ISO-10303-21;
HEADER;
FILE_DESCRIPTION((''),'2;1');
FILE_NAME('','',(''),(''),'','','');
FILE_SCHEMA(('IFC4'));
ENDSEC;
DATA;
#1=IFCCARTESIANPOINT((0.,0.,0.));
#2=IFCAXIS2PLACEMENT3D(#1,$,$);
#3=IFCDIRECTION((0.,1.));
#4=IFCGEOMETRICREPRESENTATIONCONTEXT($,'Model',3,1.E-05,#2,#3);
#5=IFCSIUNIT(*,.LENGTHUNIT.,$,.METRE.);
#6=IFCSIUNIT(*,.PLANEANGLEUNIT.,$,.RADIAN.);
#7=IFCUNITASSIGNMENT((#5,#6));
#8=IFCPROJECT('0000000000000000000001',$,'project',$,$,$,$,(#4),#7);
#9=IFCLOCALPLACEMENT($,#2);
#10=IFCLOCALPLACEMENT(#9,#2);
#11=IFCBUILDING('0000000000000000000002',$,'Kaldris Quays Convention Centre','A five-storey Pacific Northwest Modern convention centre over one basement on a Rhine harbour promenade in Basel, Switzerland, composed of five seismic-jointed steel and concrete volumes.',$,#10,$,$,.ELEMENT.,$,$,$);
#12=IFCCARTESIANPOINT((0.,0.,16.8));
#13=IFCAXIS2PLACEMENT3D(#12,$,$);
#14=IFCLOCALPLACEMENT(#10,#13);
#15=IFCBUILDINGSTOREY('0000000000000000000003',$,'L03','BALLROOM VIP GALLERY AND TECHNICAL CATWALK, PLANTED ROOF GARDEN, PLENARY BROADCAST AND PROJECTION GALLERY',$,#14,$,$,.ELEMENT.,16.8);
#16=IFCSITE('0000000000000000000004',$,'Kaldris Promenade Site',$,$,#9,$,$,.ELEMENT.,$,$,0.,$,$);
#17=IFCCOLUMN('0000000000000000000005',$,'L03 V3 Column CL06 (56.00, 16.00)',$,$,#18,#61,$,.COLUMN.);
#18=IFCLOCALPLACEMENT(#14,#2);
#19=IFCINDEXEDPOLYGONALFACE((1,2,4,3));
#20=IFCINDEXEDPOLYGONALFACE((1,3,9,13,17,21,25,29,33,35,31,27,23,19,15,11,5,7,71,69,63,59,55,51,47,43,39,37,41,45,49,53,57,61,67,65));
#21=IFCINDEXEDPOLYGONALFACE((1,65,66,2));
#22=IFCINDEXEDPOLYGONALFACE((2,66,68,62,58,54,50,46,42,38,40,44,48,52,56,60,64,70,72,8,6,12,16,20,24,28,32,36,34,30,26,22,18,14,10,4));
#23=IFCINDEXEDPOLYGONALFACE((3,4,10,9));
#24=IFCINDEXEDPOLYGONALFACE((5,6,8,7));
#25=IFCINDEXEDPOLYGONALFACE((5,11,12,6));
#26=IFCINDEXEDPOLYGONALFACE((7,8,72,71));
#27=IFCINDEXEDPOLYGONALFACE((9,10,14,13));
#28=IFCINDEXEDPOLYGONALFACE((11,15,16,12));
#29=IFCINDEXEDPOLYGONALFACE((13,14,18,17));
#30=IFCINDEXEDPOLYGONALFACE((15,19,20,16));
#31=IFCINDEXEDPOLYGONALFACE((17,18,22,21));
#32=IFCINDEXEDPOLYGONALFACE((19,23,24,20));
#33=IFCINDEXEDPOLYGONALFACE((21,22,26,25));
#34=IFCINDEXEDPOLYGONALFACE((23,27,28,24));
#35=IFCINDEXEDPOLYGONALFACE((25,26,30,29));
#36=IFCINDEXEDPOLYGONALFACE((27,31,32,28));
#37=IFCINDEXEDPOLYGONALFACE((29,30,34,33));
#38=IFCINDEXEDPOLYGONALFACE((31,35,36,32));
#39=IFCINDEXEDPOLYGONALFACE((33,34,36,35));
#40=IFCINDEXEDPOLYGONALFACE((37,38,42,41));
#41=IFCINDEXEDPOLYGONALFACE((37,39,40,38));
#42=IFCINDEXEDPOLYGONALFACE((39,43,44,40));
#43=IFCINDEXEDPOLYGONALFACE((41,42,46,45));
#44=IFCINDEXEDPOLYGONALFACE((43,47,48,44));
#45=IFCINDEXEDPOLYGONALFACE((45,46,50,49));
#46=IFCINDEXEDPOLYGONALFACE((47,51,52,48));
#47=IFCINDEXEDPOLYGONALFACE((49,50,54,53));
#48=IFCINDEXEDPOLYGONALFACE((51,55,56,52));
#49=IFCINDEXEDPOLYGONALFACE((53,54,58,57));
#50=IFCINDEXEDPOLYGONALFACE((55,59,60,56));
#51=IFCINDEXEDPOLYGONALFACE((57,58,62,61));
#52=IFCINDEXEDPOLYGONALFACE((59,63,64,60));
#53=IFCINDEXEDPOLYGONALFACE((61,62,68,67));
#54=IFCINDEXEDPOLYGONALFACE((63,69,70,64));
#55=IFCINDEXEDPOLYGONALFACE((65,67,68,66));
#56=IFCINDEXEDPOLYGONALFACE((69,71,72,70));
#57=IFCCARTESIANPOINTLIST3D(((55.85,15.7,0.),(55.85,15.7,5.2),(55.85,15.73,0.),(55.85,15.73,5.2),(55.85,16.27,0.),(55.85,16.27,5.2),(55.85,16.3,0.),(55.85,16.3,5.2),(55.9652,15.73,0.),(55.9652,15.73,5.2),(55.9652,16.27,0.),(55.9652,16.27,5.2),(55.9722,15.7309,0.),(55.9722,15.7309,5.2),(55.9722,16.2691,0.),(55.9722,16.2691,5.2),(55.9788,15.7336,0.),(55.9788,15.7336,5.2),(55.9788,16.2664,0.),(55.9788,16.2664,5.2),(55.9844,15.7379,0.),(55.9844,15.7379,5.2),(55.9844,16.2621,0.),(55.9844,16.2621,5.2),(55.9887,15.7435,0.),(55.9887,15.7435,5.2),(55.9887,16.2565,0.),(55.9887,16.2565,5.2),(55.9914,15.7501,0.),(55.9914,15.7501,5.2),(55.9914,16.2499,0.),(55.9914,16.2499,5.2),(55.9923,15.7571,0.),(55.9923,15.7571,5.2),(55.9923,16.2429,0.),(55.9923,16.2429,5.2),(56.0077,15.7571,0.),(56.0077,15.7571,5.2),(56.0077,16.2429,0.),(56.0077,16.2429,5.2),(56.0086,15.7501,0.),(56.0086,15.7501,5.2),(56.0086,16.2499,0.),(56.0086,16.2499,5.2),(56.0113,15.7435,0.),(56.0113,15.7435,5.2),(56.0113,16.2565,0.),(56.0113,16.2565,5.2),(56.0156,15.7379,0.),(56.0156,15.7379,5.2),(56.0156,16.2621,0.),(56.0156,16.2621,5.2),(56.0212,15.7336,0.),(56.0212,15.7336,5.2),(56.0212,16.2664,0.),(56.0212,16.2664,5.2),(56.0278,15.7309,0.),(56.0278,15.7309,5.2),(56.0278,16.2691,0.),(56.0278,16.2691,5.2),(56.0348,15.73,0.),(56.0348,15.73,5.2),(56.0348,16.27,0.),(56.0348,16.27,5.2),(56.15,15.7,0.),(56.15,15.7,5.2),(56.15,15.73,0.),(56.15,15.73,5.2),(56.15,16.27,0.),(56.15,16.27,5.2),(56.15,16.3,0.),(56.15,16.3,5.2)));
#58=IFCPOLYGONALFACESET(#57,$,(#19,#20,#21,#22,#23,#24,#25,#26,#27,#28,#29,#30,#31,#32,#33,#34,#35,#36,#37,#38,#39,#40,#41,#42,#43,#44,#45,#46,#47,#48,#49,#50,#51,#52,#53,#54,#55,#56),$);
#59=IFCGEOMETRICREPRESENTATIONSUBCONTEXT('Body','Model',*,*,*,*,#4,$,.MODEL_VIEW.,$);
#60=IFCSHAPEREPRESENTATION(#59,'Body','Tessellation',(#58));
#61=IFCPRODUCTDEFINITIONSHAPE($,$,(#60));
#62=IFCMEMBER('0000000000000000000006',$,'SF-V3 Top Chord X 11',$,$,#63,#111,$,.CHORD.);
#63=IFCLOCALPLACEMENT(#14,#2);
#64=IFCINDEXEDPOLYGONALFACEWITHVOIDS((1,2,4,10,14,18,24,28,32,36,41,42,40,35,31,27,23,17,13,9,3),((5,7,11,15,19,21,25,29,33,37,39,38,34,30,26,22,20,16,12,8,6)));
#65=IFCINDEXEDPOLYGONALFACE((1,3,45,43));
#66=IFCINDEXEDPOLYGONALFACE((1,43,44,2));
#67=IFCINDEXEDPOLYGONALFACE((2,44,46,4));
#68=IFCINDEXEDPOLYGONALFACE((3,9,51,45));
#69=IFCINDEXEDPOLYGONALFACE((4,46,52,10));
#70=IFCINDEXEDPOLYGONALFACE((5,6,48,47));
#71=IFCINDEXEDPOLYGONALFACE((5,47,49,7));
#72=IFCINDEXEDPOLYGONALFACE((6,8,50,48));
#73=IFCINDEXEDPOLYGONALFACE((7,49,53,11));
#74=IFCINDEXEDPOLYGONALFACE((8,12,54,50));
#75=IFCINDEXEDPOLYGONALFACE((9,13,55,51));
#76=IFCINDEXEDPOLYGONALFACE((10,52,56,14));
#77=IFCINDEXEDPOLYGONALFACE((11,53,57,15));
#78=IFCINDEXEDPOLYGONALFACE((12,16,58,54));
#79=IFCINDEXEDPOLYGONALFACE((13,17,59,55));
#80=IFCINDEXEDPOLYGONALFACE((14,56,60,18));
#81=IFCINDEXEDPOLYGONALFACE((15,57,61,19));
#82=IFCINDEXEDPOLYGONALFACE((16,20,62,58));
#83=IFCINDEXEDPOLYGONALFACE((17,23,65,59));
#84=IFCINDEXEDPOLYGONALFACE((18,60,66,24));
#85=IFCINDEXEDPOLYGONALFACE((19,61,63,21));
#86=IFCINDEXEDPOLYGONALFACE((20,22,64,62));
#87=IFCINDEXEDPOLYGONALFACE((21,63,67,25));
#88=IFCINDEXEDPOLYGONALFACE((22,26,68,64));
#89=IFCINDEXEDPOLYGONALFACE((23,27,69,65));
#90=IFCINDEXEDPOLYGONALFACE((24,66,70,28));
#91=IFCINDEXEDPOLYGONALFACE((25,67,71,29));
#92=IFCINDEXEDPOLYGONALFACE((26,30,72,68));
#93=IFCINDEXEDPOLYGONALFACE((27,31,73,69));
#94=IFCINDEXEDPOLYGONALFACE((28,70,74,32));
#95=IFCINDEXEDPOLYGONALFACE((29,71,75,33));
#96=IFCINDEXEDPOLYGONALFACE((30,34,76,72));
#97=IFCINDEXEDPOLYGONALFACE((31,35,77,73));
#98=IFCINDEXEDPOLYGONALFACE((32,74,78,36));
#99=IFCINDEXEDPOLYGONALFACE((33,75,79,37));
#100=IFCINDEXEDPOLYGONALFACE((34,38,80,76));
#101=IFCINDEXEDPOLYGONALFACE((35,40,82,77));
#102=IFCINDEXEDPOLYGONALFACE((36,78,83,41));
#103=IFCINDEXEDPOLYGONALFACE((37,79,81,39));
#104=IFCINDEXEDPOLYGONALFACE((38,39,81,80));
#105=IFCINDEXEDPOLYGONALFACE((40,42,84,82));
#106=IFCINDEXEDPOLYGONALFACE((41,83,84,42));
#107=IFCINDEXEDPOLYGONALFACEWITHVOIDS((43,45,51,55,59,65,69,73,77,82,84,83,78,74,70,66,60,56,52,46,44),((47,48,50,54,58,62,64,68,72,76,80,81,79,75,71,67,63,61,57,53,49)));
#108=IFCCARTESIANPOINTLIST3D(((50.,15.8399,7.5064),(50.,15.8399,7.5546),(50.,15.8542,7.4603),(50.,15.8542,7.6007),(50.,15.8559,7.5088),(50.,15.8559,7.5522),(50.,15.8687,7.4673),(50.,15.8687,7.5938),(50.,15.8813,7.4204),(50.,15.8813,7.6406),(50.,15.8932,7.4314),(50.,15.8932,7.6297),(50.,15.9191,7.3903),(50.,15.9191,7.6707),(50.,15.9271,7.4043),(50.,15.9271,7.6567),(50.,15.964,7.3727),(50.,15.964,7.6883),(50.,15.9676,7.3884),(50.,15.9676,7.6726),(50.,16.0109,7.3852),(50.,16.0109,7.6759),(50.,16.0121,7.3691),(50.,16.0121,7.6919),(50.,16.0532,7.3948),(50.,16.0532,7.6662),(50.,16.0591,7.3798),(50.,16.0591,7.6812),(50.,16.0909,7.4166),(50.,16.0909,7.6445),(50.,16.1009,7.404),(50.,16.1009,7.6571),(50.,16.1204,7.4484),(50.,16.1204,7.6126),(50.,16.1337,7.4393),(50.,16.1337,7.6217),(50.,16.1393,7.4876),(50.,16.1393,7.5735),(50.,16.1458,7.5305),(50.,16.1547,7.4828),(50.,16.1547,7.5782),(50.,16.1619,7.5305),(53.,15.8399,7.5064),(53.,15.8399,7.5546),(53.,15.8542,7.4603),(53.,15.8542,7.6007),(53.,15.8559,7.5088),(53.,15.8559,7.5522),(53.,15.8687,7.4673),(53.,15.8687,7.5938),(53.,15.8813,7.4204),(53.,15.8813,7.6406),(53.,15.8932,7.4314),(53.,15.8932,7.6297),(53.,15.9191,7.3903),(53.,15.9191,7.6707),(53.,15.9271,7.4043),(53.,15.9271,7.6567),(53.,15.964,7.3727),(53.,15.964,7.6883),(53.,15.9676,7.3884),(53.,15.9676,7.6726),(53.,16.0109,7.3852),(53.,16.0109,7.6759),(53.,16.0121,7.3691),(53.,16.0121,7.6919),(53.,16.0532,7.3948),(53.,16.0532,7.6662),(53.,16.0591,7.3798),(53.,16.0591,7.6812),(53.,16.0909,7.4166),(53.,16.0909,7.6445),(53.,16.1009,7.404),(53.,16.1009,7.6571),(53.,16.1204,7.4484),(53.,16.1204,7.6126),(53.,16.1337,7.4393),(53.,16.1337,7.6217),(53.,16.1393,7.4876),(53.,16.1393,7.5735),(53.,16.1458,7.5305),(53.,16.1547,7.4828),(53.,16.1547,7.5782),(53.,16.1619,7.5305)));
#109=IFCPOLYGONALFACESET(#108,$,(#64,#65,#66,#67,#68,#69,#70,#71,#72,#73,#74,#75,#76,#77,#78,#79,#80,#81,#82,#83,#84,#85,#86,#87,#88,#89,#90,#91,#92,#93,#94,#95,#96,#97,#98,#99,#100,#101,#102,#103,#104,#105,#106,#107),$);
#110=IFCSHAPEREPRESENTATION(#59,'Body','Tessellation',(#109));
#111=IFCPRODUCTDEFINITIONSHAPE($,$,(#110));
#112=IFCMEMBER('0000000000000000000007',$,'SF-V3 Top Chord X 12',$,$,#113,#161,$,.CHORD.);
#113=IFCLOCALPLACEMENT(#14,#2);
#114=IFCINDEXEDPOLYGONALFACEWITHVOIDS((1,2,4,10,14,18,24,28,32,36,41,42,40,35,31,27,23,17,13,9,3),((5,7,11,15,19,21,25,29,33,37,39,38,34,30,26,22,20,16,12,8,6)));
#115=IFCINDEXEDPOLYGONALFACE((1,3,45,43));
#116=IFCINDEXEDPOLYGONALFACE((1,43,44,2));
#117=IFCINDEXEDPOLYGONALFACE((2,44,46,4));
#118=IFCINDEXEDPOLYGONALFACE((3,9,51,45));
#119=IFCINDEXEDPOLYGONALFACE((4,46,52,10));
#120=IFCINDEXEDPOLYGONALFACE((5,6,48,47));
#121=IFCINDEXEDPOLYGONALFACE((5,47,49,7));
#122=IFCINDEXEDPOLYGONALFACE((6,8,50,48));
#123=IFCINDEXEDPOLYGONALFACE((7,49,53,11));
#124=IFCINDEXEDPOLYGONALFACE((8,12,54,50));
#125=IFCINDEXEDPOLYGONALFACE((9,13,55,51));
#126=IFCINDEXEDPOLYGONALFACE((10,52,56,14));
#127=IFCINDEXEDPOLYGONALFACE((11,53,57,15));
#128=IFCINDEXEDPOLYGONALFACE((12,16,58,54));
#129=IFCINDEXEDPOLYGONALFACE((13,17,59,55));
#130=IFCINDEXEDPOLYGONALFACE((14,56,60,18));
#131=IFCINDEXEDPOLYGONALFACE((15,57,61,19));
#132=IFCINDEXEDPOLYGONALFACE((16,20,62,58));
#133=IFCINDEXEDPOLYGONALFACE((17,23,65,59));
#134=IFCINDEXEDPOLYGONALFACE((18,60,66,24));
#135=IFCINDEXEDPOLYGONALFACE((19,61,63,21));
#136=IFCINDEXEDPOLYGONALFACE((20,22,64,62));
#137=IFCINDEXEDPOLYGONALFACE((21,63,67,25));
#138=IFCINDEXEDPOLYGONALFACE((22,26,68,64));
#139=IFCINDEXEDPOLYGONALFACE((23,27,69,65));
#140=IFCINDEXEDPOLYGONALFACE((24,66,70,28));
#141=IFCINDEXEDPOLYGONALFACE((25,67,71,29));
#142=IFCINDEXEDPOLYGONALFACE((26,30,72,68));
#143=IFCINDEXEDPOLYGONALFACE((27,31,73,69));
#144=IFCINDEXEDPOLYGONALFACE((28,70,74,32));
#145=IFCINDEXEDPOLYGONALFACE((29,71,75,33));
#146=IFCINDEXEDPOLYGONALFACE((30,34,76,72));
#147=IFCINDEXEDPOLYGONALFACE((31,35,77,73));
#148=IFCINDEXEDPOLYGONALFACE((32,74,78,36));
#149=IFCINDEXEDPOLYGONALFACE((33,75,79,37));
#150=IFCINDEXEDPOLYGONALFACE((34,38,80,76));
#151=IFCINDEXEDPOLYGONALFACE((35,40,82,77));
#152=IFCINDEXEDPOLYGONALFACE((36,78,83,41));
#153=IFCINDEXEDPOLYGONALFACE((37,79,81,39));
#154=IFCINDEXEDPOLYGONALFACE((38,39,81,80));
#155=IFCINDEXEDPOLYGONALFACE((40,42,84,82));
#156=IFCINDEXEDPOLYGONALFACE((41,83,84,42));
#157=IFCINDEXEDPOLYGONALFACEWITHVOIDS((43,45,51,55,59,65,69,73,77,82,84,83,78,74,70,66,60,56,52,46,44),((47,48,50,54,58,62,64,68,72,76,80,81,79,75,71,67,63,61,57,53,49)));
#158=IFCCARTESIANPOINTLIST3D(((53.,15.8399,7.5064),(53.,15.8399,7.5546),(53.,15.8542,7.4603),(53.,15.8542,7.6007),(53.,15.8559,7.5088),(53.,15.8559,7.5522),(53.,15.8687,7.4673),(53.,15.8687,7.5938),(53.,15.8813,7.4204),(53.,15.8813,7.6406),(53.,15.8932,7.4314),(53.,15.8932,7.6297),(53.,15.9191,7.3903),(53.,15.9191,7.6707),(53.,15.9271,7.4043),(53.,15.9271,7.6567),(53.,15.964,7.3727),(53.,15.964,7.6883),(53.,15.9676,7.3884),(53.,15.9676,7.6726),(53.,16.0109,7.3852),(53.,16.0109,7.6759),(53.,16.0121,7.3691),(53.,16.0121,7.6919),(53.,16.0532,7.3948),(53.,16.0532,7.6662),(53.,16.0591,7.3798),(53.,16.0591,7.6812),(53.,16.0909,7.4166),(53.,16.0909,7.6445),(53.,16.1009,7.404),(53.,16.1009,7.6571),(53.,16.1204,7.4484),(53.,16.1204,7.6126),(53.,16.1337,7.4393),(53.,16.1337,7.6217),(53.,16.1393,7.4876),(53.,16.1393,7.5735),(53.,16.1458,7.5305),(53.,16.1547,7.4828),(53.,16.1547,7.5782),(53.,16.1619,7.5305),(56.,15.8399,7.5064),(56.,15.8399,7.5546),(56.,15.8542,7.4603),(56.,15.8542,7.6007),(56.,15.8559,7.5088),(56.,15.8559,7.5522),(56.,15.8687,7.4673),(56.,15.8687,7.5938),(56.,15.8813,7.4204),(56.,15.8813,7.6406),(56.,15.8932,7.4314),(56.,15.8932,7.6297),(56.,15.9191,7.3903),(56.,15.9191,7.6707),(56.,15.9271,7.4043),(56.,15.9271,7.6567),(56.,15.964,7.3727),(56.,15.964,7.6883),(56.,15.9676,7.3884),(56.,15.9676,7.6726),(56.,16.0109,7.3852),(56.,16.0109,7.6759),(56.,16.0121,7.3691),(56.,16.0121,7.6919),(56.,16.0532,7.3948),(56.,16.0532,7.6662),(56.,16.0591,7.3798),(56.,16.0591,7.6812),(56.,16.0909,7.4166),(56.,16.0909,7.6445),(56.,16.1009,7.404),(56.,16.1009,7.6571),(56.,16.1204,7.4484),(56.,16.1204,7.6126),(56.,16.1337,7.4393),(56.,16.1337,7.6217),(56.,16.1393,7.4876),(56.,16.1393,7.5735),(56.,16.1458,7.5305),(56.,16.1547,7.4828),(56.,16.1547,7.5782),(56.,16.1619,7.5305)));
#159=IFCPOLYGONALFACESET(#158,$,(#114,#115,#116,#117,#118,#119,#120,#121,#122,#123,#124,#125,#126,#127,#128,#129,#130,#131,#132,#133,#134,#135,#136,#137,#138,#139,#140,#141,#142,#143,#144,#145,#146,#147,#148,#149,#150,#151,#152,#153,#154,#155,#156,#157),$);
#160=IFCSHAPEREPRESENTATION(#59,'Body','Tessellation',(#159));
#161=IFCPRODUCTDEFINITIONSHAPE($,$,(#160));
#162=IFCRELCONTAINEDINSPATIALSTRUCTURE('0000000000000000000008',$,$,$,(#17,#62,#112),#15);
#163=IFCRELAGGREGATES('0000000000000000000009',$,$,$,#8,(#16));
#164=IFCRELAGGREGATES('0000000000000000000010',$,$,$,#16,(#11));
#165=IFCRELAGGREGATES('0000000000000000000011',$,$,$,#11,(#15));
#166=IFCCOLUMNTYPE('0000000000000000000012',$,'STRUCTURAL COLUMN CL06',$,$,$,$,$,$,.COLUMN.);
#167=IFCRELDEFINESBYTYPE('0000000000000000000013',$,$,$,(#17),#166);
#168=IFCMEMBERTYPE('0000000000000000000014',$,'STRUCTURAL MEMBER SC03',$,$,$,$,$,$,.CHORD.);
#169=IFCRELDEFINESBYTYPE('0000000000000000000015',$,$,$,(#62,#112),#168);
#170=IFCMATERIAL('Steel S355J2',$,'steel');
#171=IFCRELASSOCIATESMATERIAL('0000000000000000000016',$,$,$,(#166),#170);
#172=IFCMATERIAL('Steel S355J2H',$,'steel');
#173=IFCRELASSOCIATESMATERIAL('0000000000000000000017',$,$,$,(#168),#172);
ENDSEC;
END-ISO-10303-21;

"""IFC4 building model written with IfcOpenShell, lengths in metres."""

from ifc_helpers import new_model, si_unit, direction, frame, origin, origin_2d, place, context, subcontext, project, spatial, hollow_circle, i_section, extrude, material, material_profile, profile_set, type_object, element, save


model = new_model("IFC4")

# Units and contexts
model_context = context("Model", 3, precision=1e-05, world=origin(), true_north=direction((0.0, 1.0)))
body_context = subcontext(model_context, "Body", "Model", "MODEL_VIEW")
ifc_project = project(units=[si_unit("LENGTHUNIT", "METRE"), si_unit("PLANEANGLEUNIT", "RADIAN")], contexts=[model_context])

# Site, building, storey
site_placement = place(None, origin())
site = spatial("IfcSite", under=ifc_project, at=site_placement, Name="Kaldris Promenade Site", CompositionType="ELEMENT", RefElevation=0.0)
building_placement = place(site_placement, origin())
building = spatial("IfcBuilding", under=site, at=building_placement, Name="Kaldris Quays Convention Centre", Description="A five-storey Pacific Northwest Modern convention centre over one basement on a Rhine harbour promenade in Basel, Switzerland, composed of five seismic-jointed steel and concrete volumes.", CompositionType="ELEMENT")
storey_placement = place(building_placement, frame((0.0, 0.0, 16.8)))
storey = spatial("IfcBuildingStorey", under=building, at=storey_placement, Name="L03", Description="BALLROOM VIP GALLERY AND TECHNICAL CATWALK, PLANTED ROOF GARDEN, PLENARY BROADCAST AND PROJECTION GALLERY", CompositionType="ELEMENT", Elevation=16.8)

# Column
ifc_material_1 = material(Name="Steel S355J2", Category="steel")
ifc_material_profile_1 = material_profile(ifc_material_1, i_section(OverallWidth=0.3, OverallDepth=0.6001, WebThickness=0.0154, FlangeThickness=0.03, FilletRadius=0.0271, at=origin_2d()), Name="HEB 600")
ifc_profile_set_1 = profile_set([ifc_material_profile_1], Name="Steel S355J2")
column_type = type_object("IfcColumnType", Name="STRUCTURAL COLUMN CL06", PredefinedType="COLUMN", material=ifc_profile_set_1)
column_placement = place(storey_placement, frame((56.0, 16.0, 0.0), z_axis=(0.0, 0.0, 1.0), x_axis=(1.0, 0.0, 0.0)))
element("IfcColumn", 1, at=column_placement, inside=storey, type_object=column_type, Name="L03 V3 Column CL06 (56.00, 16.00)", PredefinedType="COLUMN", context=body_context, shape_type="SweptSolid", body=[
    extrude(i_section(OverallWidth=0.3, OverallDepth=0.6001, WebThickness=0.0154, FlangeThickness=0.03, FilletRadius=0.0271, at=origin_2d()), origin(), (0.0, 0.0, 1.0), 5.2),
])

# Members
ifc_material_2 = material(Name="Steel S355J2H", Category="steel")
ifc_material_profile_2 = material_profile(ifc_material_2, hollow_circle(Radius=0.1619, WallThickness=0.0161, at=origin_2d()), Name="CHS 323.9x16")
ifc_profile_set_2 = profile_set([ifc_material_profile_2], Name="Steel S355J2H")
member_type_1 = type_object("IfcMemberType", Name="STRUCTURAL MEMBER SC03", PredefinedType="CHORD", material=ifc_profile_set_2)
for number, where, z_axis, x_axis, name in (
    (2, (50.0, 16.0, 7.5305), (1.0, 0.0, 0.0), (0.0, 1.0, 0.0), "SF-V3 Top Chord X 11"),
    (3, (53.0, 16.0, 7.5305), (1.0, 0.0, 0.0), (0.0, 1.0, 0.0), "SF-V3 Top Chord X 12"),
):
    element("IfcMember", number, at=place(storey_placement, frame(where, z_axis=z_axis, x_axis=x_axis)), inside=storey, type_object=member_type_1, Name=name, PredefinedType="CHORD", context=body_context, shape_type="SweptSolid", body=[
        extrude(hollow_circle(Radius=0.1619, WallThickness=0.0161, at=origin_2d()), origin(), (0.0, 0.0, 1.0), 3.0),
    ])

save(model, "model.ifc")
